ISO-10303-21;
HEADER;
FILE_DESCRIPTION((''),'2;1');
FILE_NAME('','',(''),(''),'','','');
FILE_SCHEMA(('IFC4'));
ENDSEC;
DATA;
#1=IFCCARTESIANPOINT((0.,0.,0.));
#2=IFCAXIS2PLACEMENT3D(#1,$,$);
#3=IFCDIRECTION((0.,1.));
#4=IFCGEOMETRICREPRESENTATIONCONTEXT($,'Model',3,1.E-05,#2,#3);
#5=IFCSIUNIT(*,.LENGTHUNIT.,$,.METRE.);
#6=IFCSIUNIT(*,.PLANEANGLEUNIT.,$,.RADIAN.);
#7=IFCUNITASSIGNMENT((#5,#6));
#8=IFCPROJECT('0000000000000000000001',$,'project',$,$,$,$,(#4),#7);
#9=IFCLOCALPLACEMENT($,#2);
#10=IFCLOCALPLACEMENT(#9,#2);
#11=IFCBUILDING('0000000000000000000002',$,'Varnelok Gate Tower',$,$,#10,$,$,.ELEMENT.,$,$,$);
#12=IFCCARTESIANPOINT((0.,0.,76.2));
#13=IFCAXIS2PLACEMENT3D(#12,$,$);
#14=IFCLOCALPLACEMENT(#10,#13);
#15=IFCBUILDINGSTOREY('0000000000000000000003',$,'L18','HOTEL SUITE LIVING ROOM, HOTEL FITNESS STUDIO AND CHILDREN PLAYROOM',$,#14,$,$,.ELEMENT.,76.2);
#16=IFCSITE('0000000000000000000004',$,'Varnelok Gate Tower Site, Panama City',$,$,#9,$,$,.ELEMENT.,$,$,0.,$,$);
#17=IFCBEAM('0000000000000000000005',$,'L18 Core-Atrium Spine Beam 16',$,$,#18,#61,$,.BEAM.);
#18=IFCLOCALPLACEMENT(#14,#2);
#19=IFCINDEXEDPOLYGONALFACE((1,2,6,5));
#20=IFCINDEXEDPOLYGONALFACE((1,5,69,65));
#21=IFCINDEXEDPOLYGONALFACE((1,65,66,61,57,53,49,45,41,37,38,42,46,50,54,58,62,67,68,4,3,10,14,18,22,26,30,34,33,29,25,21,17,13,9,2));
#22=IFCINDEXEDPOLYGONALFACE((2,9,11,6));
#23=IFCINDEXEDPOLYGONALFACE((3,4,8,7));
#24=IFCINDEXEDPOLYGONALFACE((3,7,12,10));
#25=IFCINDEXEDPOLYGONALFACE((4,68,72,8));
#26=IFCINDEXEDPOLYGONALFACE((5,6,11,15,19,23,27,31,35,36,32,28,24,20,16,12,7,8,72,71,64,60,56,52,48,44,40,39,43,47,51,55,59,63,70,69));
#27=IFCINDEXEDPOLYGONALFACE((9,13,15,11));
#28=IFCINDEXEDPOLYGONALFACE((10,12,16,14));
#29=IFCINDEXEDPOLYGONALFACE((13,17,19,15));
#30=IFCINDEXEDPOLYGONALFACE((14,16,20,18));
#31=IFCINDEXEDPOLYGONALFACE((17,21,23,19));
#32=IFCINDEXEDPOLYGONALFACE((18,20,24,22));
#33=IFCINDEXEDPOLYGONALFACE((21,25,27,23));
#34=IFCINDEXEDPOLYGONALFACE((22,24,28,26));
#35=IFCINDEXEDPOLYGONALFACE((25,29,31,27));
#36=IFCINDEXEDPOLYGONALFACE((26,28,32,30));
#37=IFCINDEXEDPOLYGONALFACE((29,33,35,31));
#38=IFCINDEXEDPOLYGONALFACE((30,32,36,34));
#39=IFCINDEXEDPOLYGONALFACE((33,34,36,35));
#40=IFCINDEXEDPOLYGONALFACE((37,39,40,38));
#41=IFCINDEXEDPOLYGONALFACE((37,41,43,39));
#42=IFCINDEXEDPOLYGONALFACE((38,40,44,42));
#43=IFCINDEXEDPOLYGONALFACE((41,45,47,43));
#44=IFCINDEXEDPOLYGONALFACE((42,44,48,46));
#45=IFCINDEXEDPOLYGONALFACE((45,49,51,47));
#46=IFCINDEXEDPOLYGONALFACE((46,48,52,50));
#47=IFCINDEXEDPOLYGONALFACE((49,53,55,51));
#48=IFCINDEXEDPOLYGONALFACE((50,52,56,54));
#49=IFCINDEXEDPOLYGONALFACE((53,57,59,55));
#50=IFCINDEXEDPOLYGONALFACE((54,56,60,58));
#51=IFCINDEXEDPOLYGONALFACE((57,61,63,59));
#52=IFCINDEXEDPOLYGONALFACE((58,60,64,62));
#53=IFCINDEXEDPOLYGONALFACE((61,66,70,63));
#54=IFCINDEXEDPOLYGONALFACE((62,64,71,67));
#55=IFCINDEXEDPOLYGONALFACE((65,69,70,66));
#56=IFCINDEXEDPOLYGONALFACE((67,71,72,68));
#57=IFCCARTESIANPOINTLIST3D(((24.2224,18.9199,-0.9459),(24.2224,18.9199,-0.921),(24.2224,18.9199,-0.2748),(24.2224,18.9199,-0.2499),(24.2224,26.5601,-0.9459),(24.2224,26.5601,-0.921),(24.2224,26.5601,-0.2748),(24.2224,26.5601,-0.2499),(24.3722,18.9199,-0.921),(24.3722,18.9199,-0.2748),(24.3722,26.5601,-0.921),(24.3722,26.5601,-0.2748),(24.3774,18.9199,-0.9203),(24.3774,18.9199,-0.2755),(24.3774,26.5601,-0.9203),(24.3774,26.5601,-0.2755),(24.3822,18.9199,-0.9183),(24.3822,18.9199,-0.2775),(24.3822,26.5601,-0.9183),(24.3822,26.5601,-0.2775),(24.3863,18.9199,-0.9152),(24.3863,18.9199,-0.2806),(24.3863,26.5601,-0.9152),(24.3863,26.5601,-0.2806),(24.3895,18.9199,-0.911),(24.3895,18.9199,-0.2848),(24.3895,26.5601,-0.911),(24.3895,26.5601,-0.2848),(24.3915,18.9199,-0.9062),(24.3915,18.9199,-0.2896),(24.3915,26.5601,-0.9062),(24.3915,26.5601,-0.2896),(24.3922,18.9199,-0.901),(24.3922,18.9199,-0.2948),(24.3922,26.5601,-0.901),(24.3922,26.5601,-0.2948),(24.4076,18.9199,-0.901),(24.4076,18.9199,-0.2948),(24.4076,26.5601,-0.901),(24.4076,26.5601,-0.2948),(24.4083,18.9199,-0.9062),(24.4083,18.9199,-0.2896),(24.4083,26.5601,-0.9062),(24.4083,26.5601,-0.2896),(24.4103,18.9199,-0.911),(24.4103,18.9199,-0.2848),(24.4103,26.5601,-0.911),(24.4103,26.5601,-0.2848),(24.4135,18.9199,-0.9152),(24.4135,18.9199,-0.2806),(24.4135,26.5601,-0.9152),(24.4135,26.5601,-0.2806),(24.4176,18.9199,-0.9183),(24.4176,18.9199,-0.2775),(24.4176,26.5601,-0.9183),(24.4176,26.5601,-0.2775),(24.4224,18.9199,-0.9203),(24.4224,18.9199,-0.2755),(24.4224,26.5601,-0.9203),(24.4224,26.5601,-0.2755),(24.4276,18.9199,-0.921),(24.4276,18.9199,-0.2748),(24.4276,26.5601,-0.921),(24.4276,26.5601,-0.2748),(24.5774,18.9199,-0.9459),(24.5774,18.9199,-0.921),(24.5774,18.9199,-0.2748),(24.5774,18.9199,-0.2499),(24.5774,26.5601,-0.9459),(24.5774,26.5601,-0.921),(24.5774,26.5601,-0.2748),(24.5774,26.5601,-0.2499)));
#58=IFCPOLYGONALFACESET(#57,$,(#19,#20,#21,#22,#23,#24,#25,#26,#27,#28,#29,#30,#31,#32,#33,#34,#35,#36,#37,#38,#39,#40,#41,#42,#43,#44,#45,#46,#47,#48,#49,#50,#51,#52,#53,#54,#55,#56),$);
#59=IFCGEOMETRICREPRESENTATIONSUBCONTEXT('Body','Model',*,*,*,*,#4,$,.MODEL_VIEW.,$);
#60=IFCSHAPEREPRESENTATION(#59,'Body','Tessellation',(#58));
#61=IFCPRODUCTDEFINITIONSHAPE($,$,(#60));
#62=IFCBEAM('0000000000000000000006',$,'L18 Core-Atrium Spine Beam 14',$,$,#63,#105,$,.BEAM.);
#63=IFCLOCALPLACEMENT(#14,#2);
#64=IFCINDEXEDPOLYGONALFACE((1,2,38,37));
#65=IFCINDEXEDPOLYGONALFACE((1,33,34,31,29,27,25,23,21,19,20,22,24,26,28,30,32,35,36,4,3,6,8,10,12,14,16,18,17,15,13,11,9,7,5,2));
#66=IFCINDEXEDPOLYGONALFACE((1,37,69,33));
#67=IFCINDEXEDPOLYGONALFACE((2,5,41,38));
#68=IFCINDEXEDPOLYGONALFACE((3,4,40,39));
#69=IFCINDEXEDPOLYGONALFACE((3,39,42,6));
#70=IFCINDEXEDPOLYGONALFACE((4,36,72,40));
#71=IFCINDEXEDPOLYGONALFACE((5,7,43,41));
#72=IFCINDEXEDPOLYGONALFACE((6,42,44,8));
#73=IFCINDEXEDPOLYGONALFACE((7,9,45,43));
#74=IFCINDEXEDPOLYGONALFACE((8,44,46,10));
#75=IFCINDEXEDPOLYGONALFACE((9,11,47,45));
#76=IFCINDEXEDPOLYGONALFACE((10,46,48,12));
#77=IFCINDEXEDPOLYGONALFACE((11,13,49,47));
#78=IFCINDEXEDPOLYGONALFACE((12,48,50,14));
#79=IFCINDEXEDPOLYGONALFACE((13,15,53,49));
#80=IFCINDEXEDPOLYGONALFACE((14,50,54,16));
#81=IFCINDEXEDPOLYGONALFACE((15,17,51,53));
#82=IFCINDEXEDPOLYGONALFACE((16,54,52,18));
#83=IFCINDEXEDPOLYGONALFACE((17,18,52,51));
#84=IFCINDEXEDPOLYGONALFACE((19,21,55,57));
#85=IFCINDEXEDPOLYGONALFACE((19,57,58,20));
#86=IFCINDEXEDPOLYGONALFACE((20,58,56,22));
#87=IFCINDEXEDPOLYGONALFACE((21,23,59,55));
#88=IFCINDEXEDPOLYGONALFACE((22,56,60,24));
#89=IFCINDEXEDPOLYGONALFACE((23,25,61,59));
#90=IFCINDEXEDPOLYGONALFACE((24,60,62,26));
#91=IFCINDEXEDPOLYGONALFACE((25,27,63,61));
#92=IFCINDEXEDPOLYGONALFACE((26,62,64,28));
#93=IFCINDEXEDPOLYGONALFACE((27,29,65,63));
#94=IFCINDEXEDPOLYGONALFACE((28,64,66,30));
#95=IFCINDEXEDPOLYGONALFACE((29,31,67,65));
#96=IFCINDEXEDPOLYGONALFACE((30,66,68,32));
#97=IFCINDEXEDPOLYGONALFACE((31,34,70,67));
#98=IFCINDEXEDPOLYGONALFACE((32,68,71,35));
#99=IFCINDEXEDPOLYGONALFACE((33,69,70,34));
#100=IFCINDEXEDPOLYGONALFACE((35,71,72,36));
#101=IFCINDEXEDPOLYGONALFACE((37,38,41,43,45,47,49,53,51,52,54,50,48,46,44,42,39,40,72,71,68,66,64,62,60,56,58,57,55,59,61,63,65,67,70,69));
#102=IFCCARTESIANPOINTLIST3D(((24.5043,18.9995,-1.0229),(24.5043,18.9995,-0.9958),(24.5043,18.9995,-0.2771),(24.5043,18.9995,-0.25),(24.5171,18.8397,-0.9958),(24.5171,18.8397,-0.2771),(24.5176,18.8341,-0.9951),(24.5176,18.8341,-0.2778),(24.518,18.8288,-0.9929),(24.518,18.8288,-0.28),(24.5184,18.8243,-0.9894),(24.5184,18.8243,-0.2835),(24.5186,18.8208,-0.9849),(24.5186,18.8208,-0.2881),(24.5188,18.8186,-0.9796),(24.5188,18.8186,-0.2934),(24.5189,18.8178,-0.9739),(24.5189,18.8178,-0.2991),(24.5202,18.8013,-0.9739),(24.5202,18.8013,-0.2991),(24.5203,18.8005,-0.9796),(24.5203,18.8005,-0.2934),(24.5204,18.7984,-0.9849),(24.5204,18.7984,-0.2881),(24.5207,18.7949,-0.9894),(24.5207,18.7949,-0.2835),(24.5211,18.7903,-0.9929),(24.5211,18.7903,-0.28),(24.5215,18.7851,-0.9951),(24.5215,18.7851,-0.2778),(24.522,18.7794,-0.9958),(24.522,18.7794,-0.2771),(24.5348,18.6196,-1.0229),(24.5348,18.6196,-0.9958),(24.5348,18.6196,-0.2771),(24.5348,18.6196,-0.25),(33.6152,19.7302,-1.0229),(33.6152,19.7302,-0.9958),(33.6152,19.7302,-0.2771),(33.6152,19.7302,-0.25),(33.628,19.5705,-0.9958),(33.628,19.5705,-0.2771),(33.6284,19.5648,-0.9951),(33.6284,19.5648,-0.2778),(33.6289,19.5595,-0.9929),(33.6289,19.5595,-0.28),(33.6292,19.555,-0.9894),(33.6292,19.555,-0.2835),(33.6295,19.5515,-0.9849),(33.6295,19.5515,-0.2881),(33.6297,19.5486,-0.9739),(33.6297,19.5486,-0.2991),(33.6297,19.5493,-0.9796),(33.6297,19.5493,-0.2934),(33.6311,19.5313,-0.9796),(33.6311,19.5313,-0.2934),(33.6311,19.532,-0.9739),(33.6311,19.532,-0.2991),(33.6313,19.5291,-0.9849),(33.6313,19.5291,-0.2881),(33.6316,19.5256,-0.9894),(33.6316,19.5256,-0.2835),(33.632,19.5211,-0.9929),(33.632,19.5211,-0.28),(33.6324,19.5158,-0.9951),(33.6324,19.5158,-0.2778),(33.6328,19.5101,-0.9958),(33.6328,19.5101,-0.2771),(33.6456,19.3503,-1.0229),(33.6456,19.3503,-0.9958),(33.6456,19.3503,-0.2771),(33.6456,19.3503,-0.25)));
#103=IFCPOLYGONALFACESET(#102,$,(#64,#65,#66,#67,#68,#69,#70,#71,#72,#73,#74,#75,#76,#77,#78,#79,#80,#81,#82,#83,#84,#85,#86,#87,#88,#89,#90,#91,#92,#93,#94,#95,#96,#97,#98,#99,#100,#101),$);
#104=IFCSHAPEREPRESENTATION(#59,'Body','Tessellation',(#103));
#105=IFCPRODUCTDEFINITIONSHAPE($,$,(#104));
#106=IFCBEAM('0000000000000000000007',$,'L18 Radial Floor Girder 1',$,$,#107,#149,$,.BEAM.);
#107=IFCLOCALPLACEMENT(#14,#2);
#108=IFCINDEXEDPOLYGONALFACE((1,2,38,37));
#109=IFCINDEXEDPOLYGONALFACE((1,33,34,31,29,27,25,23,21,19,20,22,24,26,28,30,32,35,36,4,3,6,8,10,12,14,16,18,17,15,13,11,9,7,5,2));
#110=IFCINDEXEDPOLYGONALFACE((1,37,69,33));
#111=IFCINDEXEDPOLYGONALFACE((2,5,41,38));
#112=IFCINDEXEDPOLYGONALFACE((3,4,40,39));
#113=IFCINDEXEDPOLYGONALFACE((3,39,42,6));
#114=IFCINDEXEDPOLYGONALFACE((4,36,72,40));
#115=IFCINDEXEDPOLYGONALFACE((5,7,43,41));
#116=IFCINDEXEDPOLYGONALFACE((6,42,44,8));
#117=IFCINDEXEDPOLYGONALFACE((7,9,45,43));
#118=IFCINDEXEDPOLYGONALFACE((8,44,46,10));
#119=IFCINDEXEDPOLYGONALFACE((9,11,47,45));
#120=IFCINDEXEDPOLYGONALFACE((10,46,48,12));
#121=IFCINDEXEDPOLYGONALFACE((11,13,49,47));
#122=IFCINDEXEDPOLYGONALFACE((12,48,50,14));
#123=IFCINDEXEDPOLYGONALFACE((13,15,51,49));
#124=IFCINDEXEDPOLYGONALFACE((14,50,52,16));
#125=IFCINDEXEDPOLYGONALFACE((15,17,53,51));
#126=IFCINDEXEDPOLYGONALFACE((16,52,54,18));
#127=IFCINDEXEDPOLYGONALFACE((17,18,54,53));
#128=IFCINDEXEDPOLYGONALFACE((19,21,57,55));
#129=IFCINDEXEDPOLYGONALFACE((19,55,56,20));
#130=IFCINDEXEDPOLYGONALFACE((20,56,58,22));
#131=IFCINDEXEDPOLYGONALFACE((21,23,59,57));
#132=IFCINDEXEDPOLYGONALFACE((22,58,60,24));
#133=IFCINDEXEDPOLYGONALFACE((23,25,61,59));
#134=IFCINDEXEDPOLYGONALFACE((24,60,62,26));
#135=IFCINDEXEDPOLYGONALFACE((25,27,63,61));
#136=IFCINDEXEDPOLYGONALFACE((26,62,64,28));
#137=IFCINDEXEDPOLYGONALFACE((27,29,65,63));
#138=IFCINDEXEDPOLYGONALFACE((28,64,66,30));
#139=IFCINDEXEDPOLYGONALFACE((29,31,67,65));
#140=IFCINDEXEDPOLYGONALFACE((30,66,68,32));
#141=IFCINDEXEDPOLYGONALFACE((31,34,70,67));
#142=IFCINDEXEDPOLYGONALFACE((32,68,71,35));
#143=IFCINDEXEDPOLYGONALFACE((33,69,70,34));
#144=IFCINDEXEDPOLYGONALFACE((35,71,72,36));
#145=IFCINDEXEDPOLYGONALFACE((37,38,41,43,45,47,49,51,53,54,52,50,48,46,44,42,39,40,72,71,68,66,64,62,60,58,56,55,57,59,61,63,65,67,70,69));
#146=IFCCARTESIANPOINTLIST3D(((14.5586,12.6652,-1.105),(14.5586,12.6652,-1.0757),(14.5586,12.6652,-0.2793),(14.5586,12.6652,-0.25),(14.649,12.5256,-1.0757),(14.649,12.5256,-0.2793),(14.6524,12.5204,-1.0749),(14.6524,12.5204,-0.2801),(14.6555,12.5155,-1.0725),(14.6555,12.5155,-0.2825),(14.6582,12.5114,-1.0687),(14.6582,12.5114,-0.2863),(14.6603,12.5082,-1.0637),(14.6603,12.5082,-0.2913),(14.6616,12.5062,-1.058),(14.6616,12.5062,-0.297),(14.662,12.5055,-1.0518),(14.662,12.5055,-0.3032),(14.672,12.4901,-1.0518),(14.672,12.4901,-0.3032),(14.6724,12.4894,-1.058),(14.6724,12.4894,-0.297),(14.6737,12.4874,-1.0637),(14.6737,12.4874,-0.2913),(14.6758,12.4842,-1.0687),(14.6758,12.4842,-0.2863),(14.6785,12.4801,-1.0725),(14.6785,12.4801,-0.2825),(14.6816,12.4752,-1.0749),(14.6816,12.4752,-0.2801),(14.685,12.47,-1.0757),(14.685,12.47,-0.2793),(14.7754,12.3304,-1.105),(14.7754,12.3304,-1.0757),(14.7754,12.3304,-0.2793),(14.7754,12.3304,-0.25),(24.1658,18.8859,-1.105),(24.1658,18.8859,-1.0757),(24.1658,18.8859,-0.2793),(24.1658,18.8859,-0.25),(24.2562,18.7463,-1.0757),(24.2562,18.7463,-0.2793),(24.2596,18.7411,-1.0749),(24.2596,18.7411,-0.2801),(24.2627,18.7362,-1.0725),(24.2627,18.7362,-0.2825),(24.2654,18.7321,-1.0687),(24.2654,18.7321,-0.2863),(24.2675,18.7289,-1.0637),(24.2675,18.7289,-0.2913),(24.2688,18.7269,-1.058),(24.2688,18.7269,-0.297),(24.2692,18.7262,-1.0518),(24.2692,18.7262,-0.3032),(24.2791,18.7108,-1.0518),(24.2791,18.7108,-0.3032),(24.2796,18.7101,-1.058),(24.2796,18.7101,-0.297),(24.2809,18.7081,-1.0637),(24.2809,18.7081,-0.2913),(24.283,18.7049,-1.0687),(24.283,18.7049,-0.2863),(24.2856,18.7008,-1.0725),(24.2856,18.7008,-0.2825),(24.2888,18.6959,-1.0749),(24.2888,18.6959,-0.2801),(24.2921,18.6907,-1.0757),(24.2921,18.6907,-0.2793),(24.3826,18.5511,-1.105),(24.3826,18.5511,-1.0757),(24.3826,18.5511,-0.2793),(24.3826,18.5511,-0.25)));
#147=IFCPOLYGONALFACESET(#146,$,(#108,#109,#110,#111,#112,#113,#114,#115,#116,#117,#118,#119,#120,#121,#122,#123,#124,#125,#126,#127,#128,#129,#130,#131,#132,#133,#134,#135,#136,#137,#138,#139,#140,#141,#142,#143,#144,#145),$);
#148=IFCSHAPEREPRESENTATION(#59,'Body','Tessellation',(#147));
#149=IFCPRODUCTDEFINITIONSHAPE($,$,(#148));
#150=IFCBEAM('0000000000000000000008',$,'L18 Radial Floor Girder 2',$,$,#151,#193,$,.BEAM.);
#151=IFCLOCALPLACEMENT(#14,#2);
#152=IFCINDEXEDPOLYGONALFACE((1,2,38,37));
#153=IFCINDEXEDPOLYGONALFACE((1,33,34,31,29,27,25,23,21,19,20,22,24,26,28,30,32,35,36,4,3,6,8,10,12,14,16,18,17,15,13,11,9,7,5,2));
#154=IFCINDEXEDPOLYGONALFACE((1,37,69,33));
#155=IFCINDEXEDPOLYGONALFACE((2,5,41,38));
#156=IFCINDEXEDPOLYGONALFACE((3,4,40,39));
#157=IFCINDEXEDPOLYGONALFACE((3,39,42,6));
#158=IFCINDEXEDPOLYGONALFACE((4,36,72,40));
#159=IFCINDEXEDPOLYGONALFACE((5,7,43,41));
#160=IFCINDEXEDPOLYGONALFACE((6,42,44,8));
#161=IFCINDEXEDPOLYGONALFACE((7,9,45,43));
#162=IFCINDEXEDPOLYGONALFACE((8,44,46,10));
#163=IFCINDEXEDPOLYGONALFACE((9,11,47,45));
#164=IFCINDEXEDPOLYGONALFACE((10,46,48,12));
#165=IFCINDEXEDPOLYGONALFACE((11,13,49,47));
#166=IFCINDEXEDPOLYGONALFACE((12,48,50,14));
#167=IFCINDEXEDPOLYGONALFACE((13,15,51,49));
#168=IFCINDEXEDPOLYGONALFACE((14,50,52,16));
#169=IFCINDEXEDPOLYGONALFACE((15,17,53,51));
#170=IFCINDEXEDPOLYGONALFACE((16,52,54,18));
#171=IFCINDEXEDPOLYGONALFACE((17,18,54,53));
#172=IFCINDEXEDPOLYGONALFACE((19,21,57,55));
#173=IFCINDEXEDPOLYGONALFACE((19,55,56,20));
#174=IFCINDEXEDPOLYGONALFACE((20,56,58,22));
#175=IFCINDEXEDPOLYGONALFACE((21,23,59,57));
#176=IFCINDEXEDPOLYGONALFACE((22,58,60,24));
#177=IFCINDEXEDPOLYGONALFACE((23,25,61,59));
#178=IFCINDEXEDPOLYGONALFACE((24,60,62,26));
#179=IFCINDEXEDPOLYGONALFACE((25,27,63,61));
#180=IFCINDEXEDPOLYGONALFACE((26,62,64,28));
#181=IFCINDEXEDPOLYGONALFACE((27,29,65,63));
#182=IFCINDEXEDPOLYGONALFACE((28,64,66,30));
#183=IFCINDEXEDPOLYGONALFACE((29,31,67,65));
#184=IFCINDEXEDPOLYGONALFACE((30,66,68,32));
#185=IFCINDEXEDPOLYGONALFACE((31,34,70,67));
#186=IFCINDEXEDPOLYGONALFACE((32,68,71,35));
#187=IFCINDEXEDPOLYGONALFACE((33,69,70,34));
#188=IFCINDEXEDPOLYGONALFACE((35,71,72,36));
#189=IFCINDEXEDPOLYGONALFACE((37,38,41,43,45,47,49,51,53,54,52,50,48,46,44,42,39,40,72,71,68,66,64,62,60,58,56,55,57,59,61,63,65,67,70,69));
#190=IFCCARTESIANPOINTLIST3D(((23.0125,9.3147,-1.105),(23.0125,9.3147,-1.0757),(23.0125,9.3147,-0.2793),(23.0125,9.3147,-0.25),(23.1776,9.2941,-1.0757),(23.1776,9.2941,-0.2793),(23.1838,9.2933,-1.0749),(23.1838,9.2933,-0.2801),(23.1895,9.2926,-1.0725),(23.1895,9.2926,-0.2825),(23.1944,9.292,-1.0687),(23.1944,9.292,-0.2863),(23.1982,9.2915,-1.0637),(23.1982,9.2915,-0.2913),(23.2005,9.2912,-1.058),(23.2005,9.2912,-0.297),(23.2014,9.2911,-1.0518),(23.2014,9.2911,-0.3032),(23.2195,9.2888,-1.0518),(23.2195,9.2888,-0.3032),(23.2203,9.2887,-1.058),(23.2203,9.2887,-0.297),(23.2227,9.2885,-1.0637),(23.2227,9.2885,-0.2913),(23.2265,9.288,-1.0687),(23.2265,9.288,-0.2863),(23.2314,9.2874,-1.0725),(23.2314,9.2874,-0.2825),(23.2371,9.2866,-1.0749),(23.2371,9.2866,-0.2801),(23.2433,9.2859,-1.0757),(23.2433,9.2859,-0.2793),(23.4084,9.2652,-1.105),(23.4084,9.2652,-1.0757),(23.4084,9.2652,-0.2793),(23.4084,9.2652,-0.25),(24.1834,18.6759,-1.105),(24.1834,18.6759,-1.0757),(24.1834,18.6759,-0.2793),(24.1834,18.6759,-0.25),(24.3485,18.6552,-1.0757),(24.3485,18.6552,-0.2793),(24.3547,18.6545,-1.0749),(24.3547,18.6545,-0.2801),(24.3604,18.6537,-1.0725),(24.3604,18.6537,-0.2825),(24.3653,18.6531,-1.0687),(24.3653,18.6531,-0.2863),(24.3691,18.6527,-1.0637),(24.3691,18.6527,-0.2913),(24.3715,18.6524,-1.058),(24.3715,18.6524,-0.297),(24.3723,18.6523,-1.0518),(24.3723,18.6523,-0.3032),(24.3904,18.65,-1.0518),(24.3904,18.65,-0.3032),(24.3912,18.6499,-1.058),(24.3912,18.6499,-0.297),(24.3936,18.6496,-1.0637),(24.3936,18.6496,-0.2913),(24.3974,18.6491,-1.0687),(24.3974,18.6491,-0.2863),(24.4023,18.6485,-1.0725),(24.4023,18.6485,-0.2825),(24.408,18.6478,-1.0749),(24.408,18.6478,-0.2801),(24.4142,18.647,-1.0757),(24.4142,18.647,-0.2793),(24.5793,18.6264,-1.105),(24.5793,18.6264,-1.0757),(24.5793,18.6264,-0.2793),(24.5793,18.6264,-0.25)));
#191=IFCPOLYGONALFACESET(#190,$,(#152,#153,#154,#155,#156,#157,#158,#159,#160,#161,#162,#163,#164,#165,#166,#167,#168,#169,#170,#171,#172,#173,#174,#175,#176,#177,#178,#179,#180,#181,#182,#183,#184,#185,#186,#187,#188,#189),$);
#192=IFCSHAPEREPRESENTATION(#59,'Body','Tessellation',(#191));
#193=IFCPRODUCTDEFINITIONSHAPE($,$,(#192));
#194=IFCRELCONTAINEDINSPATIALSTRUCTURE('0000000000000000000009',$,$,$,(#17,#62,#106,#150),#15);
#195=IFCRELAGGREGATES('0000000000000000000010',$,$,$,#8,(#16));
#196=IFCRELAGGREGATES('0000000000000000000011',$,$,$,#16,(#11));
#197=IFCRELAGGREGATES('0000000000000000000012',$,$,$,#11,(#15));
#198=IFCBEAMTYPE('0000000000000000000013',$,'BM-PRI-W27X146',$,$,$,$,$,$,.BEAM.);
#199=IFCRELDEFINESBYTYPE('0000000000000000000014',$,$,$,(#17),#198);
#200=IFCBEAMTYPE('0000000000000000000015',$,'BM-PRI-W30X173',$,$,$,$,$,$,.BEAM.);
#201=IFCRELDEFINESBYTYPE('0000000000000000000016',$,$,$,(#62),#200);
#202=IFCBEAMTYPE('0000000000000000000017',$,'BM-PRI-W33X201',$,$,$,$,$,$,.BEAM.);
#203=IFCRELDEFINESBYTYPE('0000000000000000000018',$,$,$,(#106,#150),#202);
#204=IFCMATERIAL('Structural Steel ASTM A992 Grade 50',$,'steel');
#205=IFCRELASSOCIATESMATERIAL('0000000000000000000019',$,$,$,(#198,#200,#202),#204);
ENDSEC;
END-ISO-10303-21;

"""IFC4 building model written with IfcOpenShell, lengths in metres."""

from ifc_helpers import new_model, si_unit, direction, frame, origin, origin_2d, place, context, subcontext, project, spatial, i_section, extrude, material, material_profile, profile_set, type_object, element, save


model = new_model("IFC4")

# Units and contexts
model_context = context("Model", 3, precision=1e-05, world=origin(), true_north=direction((0.0, 1.0)))
body_context = subcontext(model_context, "Body", "Model", "MODEL_VIEW")
ifc_project = project(units=[si_unit("LENGTHUNIT", "METRE"), si_unit("PLANEANGLEUNIT", "RADIAN")], contexts=[model_context])

# Site, building, storey
site_placement = place(None, origin())
site = spatial("IfcSite", under=ifc_project, at=site_placement, Name="Varnelok Gate Tower Site, Panama City", CompositionType="ELEMENT", RefElevation=0.0)
building_placement = place(site_placement, origin())
building = spatial("IfcBuilding", under=site, at=building_placement, Name="Varnelok Gate Tower", CompositionType="ELEMENT")
storey_placement = place(building_placement, frame((0.0, 0.0, 76.2)))
storey = spatial("IfcBuildingStorey", under=building, at=storey_placement, Name="L18", Description="HOTEL SUITE LIVING ROOM, HOTEL FITNESS STUDIO AND CHILDREN PLAYROOM", CompositionType="ELEMENT", Elevation=76.2)

# Shared definitions
ifc_material_1 = material(Name="Structural Steel ASTM A992 Grade 50", Category="steel")

# Beams
ifc_material_profile_1 = material_profile(ifc_material_1, i_section(OverallWidth=0.355, OverallDepth=0.696, WebThickness=0.0154, FlangeThickness=0.0249, FilletRadius=0.02, at=origin_2d()), Name="W27X146")
ifc_profile_set_1 = profile_set([ifc_material_profile_1], Name="Structural Steel ASTM A992 Grade 50")
beam_type_1 = type_object("IfcBeamType", Name="BM-PRI-W27X146", PredefinedType="BEAM", material=ifc_profile_set_1)
beam_1_placement = place(storey_placement, frame((24.3999, 18.9199, -0.5979), z_axis=(0.0, 1.0, 0.0), x_axis=(-1.0, 0.0, 0.0)))
element("IfcBeam", 1, at=beam_1_placement, inside=storey, type_object=beam_type_1, Name="L18 Core-Atrium Spine Beam 16", PredefinedType="BEAM", context=body_context, shape_type="SweptSolid", body=[
    extrude(i_section(OverallWidth=0.355, OverallDepth=0.696, WebThickness=0.0154, FlangeThickness=0.0249, FilletRadius=0.02, at=origin_2d()), origin(), (0.0, 0.0, 1.0), 7.6401),
])
ifc_material_profile_2 = material_profile(ifc_material_1, i_section(OverallWidth=0.3811, OverallDepth=0.7729, WebThickness=0.0166, FlangeThickness=0.0271, FilletRadius=0.022, at=origin_2d()), Name="W30X173")
ifc_profile_set_2 = profile_set([ifc_material_profile_2], Name="Structural Steel ASTM A992 Grade 50")
beam_type_2 = type_object("IfcBeamType", Name="BM-PRI-W30X173", PredefinedType="BEAM", material=ifc_profile_set_2)
beam_2_placement = place(storey_placement, frame((24.5195, 18.8096, -0.6365), z_axis=(0.996799, 0.079946, 0.0), x_axis=(-0.079946, 0.996799, 0.0)))
element("IfcBeam", 2, at=beam_2_placement, inside=storey, type_object=beam_type_2, Name="L18 Core-Atrium Spine Beam 14", PredefinedType="BEAM", context=body_context, shape_type="SweptSolid", body=[
    extrude(i_section(OverallWidth=0.3811, OverallDepth=0.7729, WebThickness=0.0166, FlangeThickness=0.0271, FilletRadius=0.022, at=origin_2d()), origin(), (0.0, 0.0, 1.0), 9.1401),
])
ifc_material_profile_3 = material_profile(ifc_material_1, i_section(OverallWidth=0.3989, OverallDepth=0.855, WebThickness=0.0183, FlangeThickness=0.0293, FilletRadius=0.0239, at=origin_2d()), Name="W33X201")
ifc_profile_set_3 = profile_set([ifc_material_profile_3], Name="Structural Steel ASTM A992 Grade 50")
beam_type_3 = type_object("IfcBeamType", Name="BM-PRI-W33X201", PredefinedType="BEAM", material=ifc_profile_set_3)
beam_3_placement = place(storey_placement, frame((24.2742, 18.7185, -0.6775), z_axis=(-0.839399, -0.543516, 0.0), x_axis=(0.543516, -0.839399, 0.0)))
element("IfcBeam", 3, at=beam_3_placement, inside=storey, type_object=beam_type_3, Name="L18 Radial Floor Girder 1", PredefinedType="BEAM", context=body_context, shape_type="SweptSolid", body=[
    extrude(i_section(OverallWidth=0.3989, OverallDepth=0.855, WebThickness=0.0183, FlangeThickness=0.0293, FilletRadius=0.0239, at=origin_2d()), origin(), (0.0, 0.0, 1.0), 11.4453),
])
beam_4_placement = place(storey_placement, frame((24.3813, 18.6511, -0.6775), z_axis=(-0.124114, -0.992268, 0.0), x_axis=(0.992268, -0.124114, 0.0)))
element("IfcBeam", 4, at=beam_4_placement, inside=storey, type_object=beam_type_3, Name="L18 Radial Floor Girder 2", PredefinedType="BEAM", context=body_context, shape_type="SweptSolid", body=[
    extrude(i_section(OverallWidth=0.3989, OverallDepth=0.855, WebThickness=0.0183, FlangeThickness=0.0293, FilletRadius=0.0239, at=origin_2d()), origin(), (0.0, 0.0, 1.0), 9.4341),
])

save(model, "model.ifc")
